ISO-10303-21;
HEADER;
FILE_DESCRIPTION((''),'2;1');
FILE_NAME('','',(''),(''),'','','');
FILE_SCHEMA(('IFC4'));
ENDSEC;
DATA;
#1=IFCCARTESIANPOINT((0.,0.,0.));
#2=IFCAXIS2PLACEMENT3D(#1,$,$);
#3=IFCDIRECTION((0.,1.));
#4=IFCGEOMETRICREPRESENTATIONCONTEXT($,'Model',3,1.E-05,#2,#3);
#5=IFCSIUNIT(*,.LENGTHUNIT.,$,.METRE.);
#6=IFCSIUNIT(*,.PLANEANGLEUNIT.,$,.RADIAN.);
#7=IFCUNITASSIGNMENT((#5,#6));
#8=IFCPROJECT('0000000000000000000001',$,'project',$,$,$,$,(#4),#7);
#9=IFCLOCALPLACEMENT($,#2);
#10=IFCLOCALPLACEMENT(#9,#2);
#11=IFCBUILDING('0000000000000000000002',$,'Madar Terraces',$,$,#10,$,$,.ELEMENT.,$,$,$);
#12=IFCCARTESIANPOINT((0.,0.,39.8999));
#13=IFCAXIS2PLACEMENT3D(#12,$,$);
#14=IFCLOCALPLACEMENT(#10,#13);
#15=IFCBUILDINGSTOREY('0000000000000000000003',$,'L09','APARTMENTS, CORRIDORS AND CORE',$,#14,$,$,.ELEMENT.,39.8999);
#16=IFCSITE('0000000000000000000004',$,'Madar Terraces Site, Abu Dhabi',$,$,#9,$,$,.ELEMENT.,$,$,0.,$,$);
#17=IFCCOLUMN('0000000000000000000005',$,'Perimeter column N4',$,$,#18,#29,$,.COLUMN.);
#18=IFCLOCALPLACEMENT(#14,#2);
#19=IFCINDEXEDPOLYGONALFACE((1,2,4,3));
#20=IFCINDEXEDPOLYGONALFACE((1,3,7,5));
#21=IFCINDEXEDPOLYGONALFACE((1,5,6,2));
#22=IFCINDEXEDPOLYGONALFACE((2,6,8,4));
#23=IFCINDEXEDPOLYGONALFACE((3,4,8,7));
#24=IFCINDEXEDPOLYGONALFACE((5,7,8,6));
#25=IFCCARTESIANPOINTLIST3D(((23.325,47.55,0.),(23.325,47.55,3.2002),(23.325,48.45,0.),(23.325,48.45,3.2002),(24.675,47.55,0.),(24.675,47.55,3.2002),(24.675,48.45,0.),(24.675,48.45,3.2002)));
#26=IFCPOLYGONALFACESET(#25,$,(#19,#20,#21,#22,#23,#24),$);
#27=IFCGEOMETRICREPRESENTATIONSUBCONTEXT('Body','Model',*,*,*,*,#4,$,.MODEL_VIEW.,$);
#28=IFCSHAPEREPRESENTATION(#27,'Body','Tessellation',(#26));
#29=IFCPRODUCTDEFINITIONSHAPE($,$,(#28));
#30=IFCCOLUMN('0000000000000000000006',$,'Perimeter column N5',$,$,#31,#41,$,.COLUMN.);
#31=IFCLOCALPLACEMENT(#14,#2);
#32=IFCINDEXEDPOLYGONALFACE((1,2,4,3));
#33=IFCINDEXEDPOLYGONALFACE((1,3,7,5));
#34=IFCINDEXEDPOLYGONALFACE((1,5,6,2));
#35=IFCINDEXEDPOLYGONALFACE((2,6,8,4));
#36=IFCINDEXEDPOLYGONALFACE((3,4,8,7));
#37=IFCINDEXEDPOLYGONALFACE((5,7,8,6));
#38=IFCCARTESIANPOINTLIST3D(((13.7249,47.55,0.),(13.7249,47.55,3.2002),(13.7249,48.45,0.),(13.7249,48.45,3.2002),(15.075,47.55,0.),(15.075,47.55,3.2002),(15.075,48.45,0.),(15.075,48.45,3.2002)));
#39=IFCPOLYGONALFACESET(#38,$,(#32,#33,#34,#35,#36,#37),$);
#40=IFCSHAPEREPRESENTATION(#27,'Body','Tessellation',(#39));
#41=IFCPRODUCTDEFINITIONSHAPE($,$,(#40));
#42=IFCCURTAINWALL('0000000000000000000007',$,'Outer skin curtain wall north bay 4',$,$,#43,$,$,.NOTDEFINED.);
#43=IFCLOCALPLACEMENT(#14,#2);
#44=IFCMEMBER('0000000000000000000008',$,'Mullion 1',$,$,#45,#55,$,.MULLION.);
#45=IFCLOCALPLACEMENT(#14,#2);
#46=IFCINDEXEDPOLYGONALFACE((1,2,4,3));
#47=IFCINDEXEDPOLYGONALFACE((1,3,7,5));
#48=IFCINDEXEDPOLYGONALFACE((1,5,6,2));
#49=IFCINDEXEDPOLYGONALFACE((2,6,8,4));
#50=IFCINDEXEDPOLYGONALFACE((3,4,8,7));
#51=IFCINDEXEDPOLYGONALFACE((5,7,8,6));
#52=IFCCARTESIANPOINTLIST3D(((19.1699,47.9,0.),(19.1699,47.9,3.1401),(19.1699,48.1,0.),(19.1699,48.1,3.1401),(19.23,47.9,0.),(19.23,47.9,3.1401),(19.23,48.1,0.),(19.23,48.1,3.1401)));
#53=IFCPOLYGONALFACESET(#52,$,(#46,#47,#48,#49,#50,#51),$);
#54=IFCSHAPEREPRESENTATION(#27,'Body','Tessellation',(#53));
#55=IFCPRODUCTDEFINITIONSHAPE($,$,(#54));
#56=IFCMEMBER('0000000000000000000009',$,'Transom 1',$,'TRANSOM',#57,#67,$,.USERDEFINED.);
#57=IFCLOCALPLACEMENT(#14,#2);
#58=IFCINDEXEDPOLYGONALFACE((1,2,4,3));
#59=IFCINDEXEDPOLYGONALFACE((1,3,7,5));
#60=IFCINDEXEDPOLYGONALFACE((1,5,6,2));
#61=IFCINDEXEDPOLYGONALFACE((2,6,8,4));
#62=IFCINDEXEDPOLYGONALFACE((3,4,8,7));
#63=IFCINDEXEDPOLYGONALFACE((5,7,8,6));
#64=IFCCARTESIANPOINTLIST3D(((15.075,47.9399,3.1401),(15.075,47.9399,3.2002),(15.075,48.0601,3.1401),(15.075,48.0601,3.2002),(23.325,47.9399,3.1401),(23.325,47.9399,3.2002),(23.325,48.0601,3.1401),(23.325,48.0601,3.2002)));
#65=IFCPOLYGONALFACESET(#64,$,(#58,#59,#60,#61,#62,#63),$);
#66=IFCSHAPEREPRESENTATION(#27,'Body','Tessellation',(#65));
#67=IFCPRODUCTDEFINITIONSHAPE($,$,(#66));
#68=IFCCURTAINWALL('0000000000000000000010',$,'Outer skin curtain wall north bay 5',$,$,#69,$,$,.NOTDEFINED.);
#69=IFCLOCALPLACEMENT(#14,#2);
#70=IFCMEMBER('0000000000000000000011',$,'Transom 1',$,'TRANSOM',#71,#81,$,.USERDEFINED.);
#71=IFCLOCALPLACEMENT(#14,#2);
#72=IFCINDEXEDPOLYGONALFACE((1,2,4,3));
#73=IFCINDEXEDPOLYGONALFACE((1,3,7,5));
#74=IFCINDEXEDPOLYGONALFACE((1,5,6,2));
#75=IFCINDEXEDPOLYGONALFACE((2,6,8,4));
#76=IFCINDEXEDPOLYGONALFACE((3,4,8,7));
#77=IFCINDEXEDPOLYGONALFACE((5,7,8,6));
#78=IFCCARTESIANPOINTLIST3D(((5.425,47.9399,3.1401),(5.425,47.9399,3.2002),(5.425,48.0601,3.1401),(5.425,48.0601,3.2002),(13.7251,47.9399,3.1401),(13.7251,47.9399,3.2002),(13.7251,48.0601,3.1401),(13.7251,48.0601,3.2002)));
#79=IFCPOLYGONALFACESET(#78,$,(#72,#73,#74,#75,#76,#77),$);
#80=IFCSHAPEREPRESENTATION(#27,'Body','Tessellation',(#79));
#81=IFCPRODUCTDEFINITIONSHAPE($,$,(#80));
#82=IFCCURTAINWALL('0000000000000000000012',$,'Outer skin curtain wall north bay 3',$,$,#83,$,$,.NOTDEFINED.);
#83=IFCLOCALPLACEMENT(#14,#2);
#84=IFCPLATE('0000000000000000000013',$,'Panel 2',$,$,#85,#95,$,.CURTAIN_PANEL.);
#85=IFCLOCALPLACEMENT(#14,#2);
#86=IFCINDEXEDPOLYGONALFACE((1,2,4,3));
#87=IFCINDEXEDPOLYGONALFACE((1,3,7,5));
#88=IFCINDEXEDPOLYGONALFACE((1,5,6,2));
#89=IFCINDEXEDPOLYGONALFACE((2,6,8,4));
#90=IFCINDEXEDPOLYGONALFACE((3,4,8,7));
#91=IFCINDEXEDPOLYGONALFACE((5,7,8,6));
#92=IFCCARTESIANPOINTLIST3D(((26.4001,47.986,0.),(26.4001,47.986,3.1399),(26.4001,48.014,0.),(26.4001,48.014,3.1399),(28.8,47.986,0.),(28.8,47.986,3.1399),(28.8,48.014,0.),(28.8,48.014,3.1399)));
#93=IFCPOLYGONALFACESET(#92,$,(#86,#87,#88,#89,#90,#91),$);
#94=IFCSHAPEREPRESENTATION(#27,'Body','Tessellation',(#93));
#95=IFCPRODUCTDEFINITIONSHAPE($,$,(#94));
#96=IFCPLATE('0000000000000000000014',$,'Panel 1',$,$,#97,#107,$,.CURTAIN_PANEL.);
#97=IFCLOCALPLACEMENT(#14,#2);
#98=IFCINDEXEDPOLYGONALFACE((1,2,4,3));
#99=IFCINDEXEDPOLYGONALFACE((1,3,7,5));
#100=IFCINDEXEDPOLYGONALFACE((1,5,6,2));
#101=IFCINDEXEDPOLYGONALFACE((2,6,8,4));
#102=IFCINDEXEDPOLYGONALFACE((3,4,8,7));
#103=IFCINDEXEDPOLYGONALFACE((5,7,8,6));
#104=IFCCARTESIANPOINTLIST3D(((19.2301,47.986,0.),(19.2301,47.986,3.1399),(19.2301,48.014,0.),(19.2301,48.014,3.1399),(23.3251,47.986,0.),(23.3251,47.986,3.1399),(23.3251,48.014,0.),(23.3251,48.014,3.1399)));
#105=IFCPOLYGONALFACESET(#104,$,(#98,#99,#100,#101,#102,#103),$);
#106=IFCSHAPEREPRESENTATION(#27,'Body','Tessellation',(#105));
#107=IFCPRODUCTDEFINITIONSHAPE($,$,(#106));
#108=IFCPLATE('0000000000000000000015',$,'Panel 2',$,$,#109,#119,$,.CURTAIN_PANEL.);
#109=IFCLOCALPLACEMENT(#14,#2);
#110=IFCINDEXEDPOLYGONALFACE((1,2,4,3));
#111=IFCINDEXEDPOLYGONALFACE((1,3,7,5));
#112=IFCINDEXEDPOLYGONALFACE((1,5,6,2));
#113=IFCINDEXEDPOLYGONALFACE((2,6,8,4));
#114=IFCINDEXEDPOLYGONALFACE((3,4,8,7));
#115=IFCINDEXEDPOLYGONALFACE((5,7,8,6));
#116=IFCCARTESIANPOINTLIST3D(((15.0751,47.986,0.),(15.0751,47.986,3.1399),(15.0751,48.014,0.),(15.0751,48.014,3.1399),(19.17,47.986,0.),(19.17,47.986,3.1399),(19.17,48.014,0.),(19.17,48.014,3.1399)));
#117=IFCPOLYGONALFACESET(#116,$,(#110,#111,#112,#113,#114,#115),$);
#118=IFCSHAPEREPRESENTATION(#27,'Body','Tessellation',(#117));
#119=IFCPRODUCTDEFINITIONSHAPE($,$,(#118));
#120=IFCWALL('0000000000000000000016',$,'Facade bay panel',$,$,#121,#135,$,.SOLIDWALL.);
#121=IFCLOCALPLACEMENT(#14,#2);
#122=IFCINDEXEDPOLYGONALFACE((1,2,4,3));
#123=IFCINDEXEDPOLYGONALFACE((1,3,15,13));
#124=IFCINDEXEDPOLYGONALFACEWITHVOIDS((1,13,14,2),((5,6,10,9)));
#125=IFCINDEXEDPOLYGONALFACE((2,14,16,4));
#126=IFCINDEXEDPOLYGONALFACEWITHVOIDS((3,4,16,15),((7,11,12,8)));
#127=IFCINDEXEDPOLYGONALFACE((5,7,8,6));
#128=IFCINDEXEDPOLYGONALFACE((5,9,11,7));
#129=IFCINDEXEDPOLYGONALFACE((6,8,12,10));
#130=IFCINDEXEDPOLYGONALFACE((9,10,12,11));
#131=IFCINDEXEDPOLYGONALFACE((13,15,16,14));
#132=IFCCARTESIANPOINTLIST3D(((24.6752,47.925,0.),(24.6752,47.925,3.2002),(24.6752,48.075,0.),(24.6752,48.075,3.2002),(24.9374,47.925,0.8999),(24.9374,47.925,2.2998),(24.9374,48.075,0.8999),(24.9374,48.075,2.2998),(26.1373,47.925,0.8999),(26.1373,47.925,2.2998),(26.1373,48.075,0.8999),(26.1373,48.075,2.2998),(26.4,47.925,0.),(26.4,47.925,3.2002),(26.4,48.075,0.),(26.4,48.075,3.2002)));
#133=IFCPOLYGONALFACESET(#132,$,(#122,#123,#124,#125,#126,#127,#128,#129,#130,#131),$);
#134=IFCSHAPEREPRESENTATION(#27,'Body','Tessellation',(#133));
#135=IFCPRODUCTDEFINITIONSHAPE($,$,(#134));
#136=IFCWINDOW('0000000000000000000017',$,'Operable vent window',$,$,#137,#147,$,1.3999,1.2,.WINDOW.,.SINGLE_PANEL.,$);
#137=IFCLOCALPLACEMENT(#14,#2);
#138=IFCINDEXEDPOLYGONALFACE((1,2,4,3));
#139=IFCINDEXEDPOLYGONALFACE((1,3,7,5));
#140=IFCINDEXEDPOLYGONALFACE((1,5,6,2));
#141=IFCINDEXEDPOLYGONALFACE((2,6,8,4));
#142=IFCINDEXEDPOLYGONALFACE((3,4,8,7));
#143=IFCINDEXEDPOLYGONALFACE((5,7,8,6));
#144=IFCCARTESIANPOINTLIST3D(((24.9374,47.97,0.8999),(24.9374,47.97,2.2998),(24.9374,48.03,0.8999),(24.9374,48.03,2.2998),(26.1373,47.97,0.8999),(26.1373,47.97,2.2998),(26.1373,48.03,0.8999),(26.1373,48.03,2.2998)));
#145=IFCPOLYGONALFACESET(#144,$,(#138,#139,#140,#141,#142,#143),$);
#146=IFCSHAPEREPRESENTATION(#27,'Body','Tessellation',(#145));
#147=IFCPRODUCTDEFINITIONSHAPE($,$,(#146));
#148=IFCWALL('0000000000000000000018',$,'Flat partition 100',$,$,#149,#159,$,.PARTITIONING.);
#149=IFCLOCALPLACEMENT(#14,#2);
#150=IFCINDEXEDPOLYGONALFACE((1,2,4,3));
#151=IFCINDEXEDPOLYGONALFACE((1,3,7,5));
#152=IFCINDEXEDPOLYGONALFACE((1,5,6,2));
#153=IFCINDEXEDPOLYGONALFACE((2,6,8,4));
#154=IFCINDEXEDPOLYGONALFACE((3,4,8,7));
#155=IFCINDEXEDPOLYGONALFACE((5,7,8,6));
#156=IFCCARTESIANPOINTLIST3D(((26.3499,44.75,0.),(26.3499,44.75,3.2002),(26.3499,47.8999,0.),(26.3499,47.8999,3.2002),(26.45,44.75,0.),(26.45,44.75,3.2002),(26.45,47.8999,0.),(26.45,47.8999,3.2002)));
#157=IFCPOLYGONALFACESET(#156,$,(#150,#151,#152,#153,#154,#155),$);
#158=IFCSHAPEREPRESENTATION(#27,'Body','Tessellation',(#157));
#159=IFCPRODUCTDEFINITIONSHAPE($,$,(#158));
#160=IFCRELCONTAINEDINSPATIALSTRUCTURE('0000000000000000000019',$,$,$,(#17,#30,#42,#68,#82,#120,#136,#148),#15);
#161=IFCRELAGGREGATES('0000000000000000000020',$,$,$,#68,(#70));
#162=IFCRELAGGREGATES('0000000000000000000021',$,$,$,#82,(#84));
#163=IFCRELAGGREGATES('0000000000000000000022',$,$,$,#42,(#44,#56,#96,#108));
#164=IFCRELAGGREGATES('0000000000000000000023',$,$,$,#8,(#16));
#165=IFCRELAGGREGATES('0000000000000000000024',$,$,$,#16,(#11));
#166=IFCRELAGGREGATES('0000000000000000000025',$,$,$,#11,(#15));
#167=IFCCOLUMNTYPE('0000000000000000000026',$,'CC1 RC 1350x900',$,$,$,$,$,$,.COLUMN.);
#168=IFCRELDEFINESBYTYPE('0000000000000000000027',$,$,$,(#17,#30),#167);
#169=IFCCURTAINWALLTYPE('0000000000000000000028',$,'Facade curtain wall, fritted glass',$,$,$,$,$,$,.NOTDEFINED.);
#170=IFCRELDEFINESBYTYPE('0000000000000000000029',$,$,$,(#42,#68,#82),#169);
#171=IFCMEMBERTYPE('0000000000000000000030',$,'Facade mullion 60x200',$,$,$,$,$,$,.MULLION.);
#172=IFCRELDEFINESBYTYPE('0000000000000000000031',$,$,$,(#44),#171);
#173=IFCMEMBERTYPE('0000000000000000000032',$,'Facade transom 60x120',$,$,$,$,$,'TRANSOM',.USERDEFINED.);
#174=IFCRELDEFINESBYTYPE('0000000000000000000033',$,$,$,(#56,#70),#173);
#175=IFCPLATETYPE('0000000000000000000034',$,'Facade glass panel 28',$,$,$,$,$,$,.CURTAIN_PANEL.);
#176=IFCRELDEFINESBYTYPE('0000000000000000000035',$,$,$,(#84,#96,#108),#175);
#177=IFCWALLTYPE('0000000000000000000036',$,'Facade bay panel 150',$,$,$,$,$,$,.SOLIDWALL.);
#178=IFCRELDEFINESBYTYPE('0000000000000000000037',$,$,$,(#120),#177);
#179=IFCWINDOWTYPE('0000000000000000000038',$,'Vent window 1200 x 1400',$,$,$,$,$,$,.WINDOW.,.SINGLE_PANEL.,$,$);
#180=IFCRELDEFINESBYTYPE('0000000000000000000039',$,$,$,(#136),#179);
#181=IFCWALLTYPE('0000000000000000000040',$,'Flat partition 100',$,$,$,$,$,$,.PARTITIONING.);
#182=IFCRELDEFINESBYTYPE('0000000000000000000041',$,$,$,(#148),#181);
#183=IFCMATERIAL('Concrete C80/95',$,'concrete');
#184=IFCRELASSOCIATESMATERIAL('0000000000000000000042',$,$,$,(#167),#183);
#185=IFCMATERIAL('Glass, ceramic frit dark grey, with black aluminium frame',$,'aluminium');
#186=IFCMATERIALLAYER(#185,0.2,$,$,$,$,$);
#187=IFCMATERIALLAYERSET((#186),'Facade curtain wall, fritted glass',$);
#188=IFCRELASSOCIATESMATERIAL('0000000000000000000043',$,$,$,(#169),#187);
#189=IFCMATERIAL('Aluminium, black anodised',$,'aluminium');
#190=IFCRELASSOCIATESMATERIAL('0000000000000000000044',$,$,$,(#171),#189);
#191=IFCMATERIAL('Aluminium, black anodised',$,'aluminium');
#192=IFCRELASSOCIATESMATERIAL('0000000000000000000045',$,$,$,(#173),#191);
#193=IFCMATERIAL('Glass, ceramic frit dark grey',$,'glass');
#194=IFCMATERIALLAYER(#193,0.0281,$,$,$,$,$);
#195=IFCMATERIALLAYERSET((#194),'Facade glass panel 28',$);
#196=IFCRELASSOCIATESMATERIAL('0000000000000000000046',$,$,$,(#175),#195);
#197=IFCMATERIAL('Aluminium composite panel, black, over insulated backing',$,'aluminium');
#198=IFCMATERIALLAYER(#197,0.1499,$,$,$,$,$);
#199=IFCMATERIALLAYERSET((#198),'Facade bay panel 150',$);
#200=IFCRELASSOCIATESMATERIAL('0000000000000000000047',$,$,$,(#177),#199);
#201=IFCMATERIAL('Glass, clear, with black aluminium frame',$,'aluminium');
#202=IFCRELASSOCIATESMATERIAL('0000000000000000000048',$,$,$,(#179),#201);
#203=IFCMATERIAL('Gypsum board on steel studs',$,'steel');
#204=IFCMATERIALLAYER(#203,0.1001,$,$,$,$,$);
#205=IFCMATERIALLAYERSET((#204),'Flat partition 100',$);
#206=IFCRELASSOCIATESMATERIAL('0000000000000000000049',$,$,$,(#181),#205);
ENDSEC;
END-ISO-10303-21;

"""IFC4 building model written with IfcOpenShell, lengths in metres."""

from ifc_helpers import new_model, si_unit, direction, frame, frame_2d, origin, origin_2d, place, context, subcontext, project, spatial, rectangle, extrude, material, layer, layer_set, material_profile, profile_set, type_object, element, fill, aggregate, save


model = new_model("IFC4")

# Units and contexts
model_context = context("Model", 3, precision=1e-05, world=origin(), true_north=direction((0.0, 1.0)))
body_context = subcontext(model_context, "Body", "Model", "MODEL_VIEW")
ifc_project = project(units=[si_unit("LENGTHUNIT", "METRE"), si_unit("PLANEANGLEUNIT", "RADIAN")], contexts=[model_context])

# Site, building, storey
site_placement = place(None, origin())
site = spatial("IfcSite", under=ifc_project, at=site_placement, Name="Madar Terraces Site, Abu Dhabi", CompositionType="ELEMENT", RefElevation=0.0)
building_placement = place(site_placement, origin())
building = spatial("IfcBuilding", under=site, at=building_placement, Name="Madar Terraces", CompositionType="ELEMENT")
storey_placement = place(building_placement, frame((0.0, 0.0, 39.8999)))
storey = spatial("IfcBuildingStorey", under=building, at=storey_placement, Name="L09", Description="APARTMENTS, CORRIDORS AND CORE", CompositionType="ELEMENT", Elevation=39.8999)

# Columns
ifc_material_1 = material(Name="Concrete C80/95", Category="concrete")
ifc_material_profile_1 = material_profile(ifc_material_1, rectangle(XDim=1.3501, YDim=0.8999, at=origin_2d()), Name="CC1 RC 1350x900")
ifc_profile_set_1 = profile_set([ifc_material_profile_1], Name="Concrete C80/95")
column_type = type_object("IfcColumnType", Name="CC1 RC 1350x900", PredefinedType="COLUMN", material=ifc_profile_set_1)
for number, where, z_axis, x_axis, name in (
    (1, (24.0, 48.0, 0.0), (0.0, 0.0, 1.0), (1.0, 0.0, 0.0), "Perimeter column N4"),
    (2, (14.3999, 48.0, 0.0), (0.0, 0.0, 1.0), (1.0, 0.0, 0.0), "Perimeter column N5"),
):
    element("IfcColumn", number, at=place(storey_placement, frame(where, z_axis=z_axis, x_axis=x_axis)), inside=storey, type_object=column_type, Name=name, PredefinedType="COLUMN", context=body_context, shape_type="SweptSolid", body=[
        extrude(rectangle(XDim=1.3501, YDim=0.8999, at=origin_2d()), origin(), (0.0, 0.0, 1.0), 3.2002),
    ])

# Curtain wall, members
ifc_material_2 = material(Name="Glass, ceramic frit dark grey, with black aluminium frame", Category="aluminium")
ifc_layer_1 = layer(ifc_material_2, 0.2)
ifc_layer_set_1 = layer_set([ifc_layer_1], Name="Facade curtain wall, fritted glass")
curtain_wall_type = type_object("IfcCurtainWallType", Name="Facade curtain wall, fritted glass", PredefinedType="NOTDEFINED", material=ifc_layer_set_1)
curtain_wall_1_placement = place(storey_placement, origin())
curtain_wall_1 = element("IfcCurtainWall", 3, at=curtain_wall_1_placement, inside=storey, type_object=curtain_wall_type, Name="Outer skin curtain wall north bay 4", PredefinedType="NOTDEFINED")
ifc_material_3 = material(Name="Aluminium, black anodised", Category="aluminium")
ifc_material_profile_2 = material_profile(ifc_material_3, rectangle(XDim=0.2, YDim=0.0601, at=origin_2d()), Name="Facade mullion 60x200")
ifc_profile_set_2 = profile_set([ifc_material_profile_2], Name="Aluminium, black anodised")
member_type_1 = type_object("IfcMemberType", Name="Facade mullion 60x200", PredefinedType="MULLION", material=ifc_profile_set_2)
member_1_placement = place(storey_placement, frame((19.2, 48.0, 0.0), z_axis=(0.0, 0.0, 1.0), x_axis=(0.0, -1.0, 0.0)))
member_1 = element("IfcMember", 4, at=member_1_placement, type_object=member_type_1, Name="Mullion 1", PredefinedType="MULLION", context=body_context, shape_type="SweptSolid", body=[
    extrude(rectangle(XDim=0.2, YDim=0.0601, at=origin_2d()), origin(), (0.0, 0.0, 1.0), 3.1401),
])
ifc_material_4 = material(Name="Aluminium, black anodised", Category="aluminium")
ifc_material_profile_3 = material_profile(ifc_material_4, rectangle(XDim=0.1201, YDim=0.0601, at=origin_2d()), Name="Facade transom 60x120")
ifc_profile_set_3 = profile_set([ifc_material_profile_3], Name="Aluminium, black anodised")
member_type_2 = type_object("IfcMemberType", Name="Facade transom 60x120", ElementType="TRANSOM", PredefinedType="USERDEFINED", material=ifc_profile_set_3)
member_2_placement = place(storey_placement, frame((23.325, 48.0, 3.1702), z_axis=(-1.0, 0.0, 0.0), x_axis=(0.0, -1.0, 0.0)))
member_2 = element("IfcMember", 5, at=member_2_placement, type_object=member_type_2, Name="Transom 1", ObjectType="TRANSOM", PredefinedType="USERDEFINED", context=body_context, shape_type="SweptSolid", body=[
    extrude(rectangle(XDim=0.1201, YDim=0.0601, at=origin_2d()), origin(), (0.0, 0.0, 1.0), 8.25),
])

# Curtain wall, member
curtain_wall_2_placement = place(storey_placement, origin())
curtain_wall_2 = element("IfcCurtainWall", 6, at=curtain_wall_2_placement, inside=storey, type_object=curtain_wall_type, Name="Outer skin curtain wall north bay 5", PredefinedType="NOTDEFINED")
member_3_placement = place(storey_placement, frame((13.7251, 48.0, 3.1702), z_axis=(-1.0, 0.0, 0.0), x_axis=(0.0, -1.0, 0.0)))
member_3 = element("IfcMember", 7, at=member_3_placement, type_object=member_type_2, Name="Transom 1", ObjectType="TRANSOM", PredefinedType="USERDEFINED", context=body_context, shape_type="SweptSolid", body=[
    extrude(rectangle(XDim=0.1201, YDim=0.0601, at=origin_2d()), origin(), (0.0, 0.0, 1.0), 8.3),
])
aggregate(curtain_wall_2, [member_3])

# Curtain wall, plate
curtain_wall_3_placement = place(storey_placement, origin())
curtain_wall_3 = element("IfcCurtainWall", 8, at=curtain_wall_3_placement, inside=storey, type_object=curtain_wall_type, Name="Outer skin curtain wall north bay 3", PredefinedType="NOTDEFINED")
ifc_material_5 = material(Name="Glass, ceramic frit dark grey", Category="glass")
ifc_layer_2 = layer(ifc_material_5, 0.0281)
ifc_layer_set_2 = layer_set([ifc_layer_2], Name="Facade glass panel 28")
plate_type = type_object("IfcPlateType", Name="Facade glass panel 28", PredefinedType="CURTAIN_PANEL", material=ifc_layer_set_2)
plate_1_placement = place(storey_placement, frame((27.6001, 48.0, 0.0), z_axis=(0.0, 0.0, 1.0), x_axis=(-1.0, 0.0, 0.0)))
plate_1 = element("IfcPlate", 9, at=plate_1_placement, type_object=plate_type, Name="Panel 2", PredefinedType="CURTAIN_PANEL", context=body_context, shape_type="SweptSolid", body=[
    extrude(rectangle(XDim=2.3999, YDim=0.0281, at=origin_2d()), origin(), (0.0, 0.0, 1.0), 3.1399),
])
aggregate(curtain_wall_3, [plate_1])

# Plates
plate_2_placement = place(storey_placement, frame((21.2776, 48.0, 0.0), z_axis=(0.0, 0.0, 1.0), x_axis=(-1.0, 0.0, 0.0)))
plate_2 = element("IfcPlate", 10, at=plate_2_placement, type_object=plate_type, Name="Panel 1", PredefinedType="CURTAIN_PANEL", context=body_context, shape_type="SweptSolid", body=[
    extrude(rectangle(XDim=4.095, YDim=0.0281, at=origin_2d()), origin(), (0.0, 0.0, 1.0), 3.1399),
])
plate_3_placement = place(storey_placement, frame((17.1226, 48.0, 0.0), z_axis=(0.0, 0.0, 1.0), x_axis=(-1.0, 0.0, 0.0)))
plate_3 = element("IfcPlate", 11, at=plate_3_placement, type_object=plate_type, Name="Panel 2", PredefinedType="CURTAIN_PANEL", context=body_context, shape_type="SweptSolid", body=[
    extrude(rectangle(XDim=4.095, YDim=0.0281, at=origin_2d()), origin(), (0.0, 0.0, 1.0), 3.1399),
])
aggregate(curtain_wall_1, [member_1, member_2, plate_2, plate_3])

# Wall, opening, window
ifc_material_6 = material(Name="Aluminium composite panel, black, over insulated backing", Category="aluminium")
ifc_layer_3 = layer(ifc_material_6, 0.1499)
ifc_layer_set_3 = layer_set([ifc_layer_3], Name="Facade bay panel 150")
wall_type_1 = type_object("IfcWallType", Name="Facade bay panel 150", PredefinedType="SOLIDWALL", material=ifc_layer_set_3)
wall_1_placement = place(storey_placement, frame((26.3999, 48.0, 0.0), z_axis=(0.0, 0.0, 1.0), x_axis=(-1.0, 0.0, 0.0)))
wall_1 = element("IfcWall", 12, at=wall_1_placement, inside=storey, type_object=wall_type_1, Name="Facade bay panel", PredefinedType="SOLIDWALL", context=body_context, shape_type="SweptSolid", body=[
    extrude(rectangle(XDim=1.7249, YDim=0.1499, at=frame_2d((0.8623, 0.0))), origin(), (0.0, 0.0, 1.0), 3.2002),
])
opening_1_placement = place(wall_1_placement, frame((0.2625, 0.0, 0.8999)))
opening_1 = element("IfcOpeningElement", 13, at=opening_1_placement, cuts=wall_1, PredefinedType="OPENING", context=body_context, shape_type="SweptSolid", body=[
    extrude(rectangle(XDim=1.2, YDim=1.3999, at=frame_2d((0.6001, 0.7))), frame((0.0, 0.085, 0.0), z_axis=(0.0, -1.0, 0.0), x_axis=(1.0, 0.0, 0.0)), (0.0, 0.0, 1.0), 0.1699),
])
ifc_material_7 = material(Name="Glass, clear, with black aluminium frame", Category="aluminium")
window_type = type_object("IfcWindowType", Name="Vent window 1200 x 1400", PartitioningType="SINGLE_PANEL", PredefinedType="WINDOW", material=ifc_material_7)
window_placement = place(opening_1_placement, origin())
window = element("IfcWindow", 14, at=window_placement, inside=storey, type_object=window_type, Name="Operable vent window", OverallHeight=1.3999, OverallWidth=1.2, PartitioningType="SINGLE_PANEL", PredefinedType="WINDOW", context=body_context, shape_type="SweptSolid", body=[
    extrude(rectangle(XDim=1.2, YDim=1.3999, at=frame_2d((0.6001, 0.7))), frame((0.0, 0.03, 0.0), z_axis=(0.0, -1.0, 0.0), x_axis=(1.0, 0.0, 0.0)), (0.0, 0.0, 1.0), 0.0601),
])
fill(opening_1, window)

# Wall
ifc_material_8 = material(Name="Gypsum board on steel studs", Category="steel")
ifc_layer_4 = layer(ifc_material_8, 0.1001)
ifc_layer_set_4 = layer_set([ifc_layer_4], Name="Flat partition 100")
wall_type_2 = type_object("IfcWallType", Name="Flat partition 100", PredefinedType="PARTITIONING", material=ifc_layer_set_4)
wall_2_placement = place(storey_placement, frame((26.3999, 44.75, 0.0), z_axis=(0.0, 0.0, 1.0), x_axis=(0.0, 1.0, 0.0)))
element("IfcWall", 15, at=wall_2_placement, inside=storey, type_object=wall_type_2, Name="Flat partition 100", PredefinedType="PARTITIONING", context=body_context, shape_type="SweptSolid", body=[
    extrude(rectangle(XDim=3.1499, YDim=0.1001, at=frame_2d((1.575, 0.0))), origin(), (0.0, 0.0, 1.0), 3.2002),
])

save(model, "model.ifc")
